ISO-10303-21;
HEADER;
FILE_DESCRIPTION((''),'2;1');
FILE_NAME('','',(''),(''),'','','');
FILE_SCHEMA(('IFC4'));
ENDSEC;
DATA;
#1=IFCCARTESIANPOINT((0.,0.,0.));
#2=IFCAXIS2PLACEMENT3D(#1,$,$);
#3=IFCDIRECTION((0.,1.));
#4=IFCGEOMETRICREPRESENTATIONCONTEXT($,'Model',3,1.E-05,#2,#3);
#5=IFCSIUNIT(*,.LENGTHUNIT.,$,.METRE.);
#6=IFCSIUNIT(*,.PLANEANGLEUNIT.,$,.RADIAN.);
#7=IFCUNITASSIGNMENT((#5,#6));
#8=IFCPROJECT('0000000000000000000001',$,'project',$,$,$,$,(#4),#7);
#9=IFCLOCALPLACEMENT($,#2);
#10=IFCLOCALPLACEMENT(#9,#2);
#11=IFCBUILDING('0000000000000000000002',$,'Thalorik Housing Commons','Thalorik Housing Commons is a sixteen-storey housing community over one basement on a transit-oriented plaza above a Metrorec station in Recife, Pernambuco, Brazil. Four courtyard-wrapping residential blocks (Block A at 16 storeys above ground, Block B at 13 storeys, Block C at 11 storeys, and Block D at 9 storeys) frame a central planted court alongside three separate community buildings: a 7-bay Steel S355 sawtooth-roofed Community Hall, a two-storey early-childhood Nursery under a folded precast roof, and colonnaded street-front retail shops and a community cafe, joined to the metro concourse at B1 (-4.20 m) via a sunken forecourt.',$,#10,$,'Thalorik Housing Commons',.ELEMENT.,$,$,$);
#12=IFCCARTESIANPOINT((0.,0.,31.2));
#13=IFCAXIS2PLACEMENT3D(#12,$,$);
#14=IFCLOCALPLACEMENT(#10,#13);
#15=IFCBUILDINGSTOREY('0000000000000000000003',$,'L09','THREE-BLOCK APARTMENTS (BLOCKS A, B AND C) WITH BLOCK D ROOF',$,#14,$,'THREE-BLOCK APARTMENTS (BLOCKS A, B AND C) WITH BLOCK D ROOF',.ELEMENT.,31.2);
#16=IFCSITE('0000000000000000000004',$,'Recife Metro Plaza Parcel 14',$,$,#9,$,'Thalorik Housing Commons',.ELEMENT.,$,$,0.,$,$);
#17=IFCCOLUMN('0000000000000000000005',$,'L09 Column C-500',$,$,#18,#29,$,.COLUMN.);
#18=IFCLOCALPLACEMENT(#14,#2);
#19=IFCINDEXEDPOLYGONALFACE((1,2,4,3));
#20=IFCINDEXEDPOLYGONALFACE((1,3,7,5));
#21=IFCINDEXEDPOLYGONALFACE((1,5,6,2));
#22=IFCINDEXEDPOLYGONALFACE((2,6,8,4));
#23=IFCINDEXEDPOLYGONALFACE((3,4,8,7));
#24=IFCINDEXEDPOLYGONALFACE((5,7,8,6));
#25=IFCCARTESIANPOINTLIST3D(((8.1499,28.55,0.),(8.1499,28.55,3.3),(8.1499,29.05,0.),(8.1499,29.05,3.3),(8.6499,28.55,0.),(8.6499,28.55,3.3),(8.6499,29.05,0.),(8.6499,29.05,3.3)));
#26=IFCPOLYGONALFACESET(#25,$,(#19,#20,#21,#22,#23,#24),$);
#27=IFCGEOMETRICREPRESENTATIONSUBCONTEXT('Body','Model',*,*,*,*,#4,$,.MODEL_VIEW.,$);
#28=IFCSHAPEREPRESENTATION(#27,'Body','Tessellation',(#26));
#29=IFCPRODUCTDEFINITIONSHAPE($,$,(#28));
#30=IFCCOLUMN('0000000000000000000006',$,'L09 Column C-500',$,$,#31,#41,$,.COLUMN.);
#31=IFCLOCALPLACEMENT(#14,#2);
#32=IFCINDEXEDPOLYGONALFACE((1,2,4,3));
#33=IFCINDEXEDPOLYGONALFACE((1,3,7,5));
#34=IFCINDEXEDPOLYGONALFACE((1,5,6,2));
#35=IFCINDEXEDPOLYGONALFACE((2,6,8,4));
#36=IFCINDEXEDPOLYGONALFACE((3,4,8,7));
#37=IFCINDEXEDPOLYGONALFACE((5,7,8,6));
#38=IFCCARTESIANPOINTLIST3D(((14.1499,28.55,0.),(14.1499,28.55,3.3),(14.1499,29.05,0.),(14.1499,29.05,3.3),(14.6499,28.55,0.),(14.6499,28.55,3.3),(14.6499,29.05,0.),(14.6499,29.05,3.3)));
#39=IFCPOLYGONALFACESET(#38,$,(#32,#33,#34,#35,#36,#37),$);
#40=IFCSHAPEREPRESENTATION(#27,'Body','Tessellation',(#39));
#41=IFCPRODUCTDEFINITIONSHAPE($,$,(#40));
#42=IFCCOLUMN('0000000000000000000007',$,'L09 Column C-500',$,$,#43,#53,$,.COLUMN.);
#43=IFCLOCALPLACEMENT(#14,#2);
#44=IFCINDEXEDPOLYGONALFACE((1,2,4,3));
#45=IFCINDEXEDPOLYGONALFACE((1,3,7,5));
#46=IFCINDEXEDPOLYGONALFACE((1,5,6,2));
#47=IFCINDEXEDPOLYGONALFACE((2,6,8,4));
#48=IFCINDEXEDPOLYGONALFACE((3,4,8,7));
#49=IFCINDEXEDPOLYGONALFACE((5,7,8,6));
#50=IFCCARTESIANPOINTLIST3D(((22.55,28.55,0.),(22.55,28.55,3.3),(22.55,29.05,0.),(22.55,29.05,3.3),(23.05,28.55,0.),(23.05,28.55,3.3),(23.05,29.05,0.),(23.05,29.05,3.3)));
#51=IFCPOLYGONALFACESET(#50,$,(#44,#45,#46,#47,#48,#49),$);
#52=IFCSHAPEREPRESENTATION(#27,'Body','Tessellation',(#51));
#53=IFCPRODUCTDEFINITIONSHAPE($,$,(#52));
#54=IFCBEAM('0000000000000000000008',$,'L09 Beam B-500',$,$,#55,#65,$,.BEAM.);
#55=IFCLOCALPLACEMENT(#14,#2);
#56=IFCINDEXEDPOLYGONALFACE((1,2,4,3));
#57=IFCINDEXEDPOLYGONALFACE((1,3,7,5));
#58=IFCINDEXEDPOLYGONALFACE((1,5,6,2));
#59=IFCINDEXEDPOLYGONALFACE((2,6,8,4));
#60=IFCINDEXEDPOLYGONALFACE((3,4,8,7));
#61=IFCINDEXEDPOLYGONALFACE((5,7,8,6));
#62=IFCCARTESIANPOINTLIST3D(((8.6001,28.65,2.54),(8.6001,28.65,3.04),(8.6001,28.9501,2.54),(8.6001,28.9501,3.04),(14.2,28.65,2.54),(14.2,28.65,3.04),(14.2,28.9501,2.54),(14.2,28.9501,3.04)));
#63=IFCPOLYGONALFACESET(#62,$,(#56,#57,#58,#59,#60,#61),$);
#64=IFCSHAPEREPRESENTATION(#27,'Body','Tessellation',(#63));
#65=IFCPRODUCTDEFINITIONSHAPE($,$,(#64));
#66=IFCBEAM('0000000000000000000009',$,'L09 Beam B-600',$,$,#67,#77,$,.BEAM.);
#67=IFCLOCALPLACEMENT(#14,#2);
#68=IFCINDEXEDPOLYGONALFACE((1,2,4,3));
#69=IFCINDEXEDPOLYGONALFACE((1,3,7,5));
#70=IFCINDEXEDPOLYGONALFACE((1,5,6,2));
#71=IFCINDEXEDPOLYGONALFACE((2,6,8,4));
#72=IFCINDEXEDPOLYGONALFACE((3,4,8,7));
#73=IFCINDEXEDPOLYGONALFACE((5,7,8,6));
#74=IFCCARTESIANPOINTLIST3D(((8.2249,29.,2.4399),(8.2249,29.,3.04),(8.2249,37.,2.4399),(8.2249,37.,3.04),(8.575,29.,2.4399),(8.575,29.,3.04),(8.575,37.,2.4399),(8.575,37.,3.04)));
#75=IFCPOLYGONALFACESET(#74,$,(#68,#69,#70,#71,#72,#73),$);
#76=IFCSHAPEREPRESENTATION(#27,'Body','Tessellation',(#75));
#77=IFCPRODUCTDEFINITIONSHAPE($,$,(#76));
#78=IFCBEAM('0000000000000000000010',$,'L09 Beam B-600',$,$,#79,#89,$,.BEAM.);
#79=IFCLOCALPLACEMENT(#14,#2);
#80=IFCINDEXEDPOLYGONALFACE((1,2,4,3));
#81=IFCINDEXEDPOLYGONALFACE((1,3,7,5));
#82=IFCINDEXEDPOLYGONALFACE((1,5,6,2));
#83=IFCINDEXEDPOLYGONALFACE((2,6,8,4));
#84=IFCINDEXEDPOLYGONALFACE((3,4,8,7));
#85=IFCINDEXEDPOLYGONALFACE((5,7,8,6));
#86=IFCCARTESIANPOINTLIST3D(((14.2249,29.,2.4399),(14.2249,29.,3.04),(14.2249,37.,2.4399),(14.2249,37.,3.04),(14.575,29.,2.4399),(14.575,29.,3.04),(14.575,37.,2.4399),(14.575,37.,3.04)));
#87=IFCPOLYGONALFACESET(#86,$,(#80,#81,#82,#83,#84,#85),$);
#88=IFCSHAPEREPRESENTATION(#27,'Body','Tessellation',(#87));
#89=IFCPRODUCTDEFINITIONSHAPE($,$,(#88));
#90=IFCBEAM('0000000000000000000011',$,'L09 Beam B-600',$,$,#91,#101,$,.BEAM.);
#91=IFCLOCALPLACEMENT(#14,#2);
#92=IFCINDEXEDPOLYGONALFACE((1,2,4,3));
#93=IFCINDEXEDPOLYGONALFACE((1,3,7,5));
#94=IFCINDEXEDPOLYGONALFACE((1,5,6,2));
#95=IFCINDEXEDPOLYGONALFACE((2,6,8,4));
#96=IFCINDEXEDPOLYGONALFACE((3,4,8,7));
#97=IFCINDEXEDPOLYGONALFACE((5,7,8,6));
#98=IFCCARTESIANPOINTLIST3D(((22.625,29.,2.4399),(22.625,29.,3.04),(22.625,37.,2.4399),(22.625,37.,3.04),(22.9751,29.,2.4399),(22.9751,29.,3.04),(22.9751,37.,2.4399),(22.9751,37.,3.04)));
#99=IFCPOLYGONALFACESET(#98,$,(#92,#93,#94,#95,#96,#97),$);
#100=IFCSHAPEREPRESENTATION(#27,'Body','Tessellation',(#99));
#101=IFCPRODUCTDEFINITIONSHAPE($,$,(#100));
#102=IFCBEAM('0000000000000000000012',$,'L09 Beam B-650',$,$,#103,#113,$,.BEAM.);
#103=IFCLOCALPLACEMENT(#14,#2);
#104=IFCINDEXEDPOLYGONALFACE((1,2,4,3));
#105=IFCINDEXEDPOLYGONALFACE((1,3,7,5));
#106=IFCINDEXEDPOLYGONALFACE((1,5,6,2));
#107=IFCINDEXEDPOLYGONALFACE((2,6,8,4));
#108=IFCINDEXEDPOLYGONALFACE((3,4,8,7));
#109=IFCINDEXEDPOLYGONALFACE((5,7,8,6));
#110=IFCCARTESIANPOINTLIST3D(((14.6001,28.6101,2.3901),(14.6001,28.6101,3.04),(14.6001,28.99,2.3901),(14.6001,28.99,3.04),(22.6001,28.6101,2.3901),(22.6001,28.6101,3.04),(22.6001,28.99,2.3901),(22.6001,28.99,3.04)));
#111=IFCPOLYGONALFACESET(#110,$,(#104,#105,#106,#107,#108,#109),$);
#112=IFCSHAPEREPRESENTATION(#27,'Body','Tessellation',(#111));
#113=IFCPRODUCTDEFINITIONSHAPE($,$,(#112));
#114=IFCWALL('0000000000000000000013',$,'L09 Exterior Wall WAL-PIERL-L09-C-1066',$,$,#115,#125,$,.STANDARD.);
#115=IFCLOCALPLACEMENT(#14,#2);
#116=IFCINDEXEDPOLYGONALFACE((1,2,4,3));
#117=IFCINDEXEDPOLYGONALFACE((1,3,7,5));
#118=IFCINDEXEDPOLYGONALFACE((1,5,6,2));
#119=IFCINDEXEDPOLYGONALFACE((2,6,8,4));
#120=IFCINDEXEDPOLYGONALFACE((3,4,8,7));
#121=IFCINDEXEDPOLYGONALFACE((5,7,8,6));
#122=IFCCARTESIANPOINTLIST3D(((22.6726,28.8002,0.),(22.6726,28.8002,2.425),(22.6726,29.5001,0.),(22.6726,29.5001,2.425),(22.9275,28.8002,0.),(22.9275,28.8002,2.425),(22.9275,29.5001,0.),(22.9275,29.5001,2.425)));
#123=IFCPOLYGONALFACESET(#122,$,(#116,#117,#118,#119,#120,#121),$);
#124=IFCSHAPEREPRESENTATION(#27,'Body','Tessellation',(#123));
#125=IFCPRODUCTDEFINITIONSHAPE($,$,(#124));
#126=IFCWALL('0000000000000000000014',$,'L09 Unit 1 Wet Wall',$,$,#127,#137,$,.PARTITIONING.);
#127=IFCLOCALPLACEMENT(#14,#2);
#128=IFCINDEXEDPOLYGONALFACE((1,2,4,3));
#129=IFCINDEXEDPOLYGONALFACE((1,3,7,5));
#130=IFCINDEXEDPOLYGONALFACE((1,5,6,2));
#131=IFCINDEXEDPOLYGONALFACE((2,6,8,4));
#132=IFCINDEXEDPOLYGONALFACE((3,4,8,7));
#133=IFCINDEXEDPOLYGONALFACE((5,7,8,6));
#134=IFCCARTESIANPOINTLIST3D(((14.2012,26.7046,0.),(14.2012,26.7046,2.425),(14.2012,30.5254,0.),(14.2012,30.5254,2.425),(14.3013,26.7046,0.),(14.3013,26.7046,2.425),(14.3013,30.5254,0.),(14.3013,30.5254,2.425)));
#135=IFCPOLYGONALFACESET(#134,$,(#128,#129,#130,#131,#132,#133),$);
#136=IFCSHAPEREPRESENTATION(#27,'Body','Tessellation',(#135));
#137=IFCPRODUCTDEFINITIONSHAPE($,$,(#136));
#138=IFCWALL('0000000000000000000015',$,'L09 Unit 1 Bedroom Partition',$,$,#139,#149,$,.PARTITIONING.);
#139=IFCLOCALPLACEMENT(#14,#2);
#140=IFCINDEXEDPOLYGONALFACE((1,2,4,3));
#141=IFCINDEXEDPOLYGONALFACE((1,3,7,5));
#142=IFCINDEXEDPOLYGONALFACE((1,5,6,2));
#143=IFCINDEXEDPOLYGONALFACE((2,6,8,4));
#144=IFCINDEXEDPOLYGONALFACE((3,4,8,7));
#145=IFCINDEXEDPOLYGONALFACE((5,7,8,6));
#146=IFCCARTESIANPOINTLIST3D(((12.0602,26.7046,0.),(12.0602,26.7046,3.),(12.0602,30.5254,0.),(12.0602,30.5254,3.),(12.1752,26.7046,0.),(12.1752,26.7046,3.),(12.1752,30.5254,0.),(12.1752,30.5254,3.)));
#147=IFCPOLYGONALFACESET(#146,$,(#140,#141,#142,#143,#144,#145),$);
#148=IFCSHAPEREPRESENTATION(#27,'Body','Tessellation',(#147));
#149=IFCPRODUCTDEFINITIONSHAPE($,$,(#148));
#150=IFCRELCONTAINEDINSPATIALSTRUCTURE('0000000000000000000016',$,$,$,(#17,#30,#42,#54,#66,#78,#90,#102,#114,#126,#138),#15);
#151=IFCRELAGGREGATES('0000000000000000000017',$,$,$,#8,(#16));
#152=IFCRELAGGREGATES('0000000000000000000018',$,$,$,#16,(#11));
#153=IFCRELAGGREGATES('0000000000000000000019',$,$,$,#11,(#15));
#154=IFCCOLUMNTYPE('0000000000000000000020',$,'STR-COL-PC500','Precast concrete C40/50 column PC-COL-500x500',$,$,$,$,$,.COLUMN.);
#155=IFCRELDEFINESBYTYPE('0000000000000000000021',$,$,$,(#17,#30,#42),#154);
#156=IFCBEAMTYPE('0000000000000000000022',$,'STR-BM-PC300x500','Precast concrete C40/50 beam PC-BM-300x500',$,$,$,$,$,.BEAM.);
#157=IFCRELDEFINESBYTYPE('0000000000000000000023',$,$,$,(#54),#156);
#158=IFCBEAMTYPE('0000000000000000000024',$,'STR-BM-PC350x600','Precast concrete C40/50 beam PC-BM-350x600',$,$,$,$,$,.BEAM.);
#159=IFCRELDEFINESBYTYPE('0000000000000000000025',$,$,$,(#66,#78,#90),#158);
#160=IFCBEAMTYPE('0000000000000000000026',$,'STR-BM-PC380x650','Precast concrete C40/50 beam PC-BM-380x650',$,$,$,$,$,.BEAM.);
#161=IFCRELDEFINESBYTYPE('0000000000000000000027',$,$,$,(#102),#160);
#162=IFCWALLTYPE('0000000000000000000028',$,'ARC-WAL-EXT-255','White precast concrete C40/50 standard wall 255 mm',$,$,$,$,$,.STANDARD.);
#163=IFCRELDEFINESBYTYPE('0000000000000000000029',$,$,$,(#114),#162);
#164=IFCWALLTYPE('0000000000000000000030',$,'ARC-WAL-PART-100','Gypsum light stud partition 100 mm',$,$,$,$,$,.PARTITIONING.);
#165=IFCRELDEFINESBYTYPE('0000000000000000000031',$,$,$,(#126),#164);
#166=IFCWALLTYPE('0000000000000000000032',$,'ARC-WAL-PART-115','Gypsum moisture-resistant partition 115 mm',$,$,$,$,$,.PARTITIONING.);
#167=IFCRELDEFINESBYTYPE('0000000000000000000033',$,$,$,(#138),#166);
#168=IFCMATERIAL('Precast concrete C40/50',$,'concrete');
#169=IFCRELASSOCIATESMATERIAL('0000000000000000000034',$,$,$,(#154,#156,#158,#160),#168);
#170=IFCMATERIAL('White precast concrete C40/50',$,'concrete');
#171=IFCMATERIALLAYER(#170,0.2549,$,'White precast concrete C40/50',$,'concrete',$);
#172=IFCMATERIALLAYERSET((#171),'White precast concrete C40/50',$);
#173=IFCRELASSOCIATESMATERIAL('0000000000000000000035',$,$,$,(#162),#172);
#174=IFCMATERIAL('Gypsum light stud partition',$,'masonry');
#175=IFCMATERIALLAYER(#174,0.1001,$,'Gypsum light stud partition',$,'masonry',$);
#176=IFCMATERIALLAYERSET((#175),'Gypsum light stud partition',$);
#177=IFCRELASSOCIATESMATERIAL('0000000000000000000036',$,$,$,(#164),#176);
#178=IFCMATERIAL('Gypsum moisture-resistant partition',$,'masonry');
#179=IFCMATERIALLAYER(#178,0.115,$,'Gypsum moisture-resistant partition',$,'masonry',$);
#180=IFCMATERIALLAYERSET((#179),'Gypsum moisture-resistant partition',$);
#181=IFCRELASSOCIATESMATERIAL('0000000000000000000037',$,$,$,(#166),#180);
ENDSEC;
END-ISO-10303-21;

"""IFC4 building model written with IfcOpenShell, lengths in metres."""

from ifc_helpers import new_model, si_unit, direction, frame, frame_2d, origin, origin_2d, place, context, subcontext, project, spatial, rectangle, extrude, material, layer, layer_set, material_profile, profile_set, type_object, element, save


model = new_model("IFC4")

# Units and contexts
model_context = context("Model", 3, precision=1e-05, world=origin(), true_north=direction((0.0, 1.0)))
body_context = subcontext(model_context, "Body", "Model", "MODEL_VIEW")
ifc_project = project(units=[si_unit("LENGTHUNIT", "METRE"), si_unit("PLANEANGLEUNIT", "RADIAN")], contexts=[model_context])

# Site, building, storey
site_placement = place(None, origin())
site = spatial("IfcSite", under=ifc_project, at=site_placement, Name="Recife Metro Plaza Parcel 14", LongName="Thalorik Housing Commons", CompositionType="ELEMENT", RefElevation=0.0)
building_placement = place(site_placement, origin())
building = spatial("IfcBuilding", under=site, at=building_placement, Name="Thalorik Housing Commons", Description="Thalorik Housing Commons is a sixteen-storey housing community over one basement on a transit-oriented plaza above a Metrorec station in Recife, Pernambuco, Brazil. Four courtyard-wrapping residential blocks (Block A at 16 storeys above ground, Block B at 13 storeys, Block C at 11 storeys, and Block D at 9 storeys) frame a central planted court alongside three separate community buildings: a 7-bay Steel S355 sawtooth-roofed Community Hall, a two-storey early-childhood Nursery under a folded precast roof, and colonnaded street-front retail shops and a community cafe, joined to the metro concourse at B1 (-4.20 m) via a sunken forecourt.", LongName="Thalorik Housing Commons", CompositionType="ELEMENT")
storey_placement = place(building_placement, frame((0.0, 0.0, 31.2)))
storey = spatial("IfcBuildingStorey", under=building, at=storey_placement, Name="L09", Description="THREE-BLOCK APARTMENTS (BLOCKS A, B AND C) WITH BLOCK D ROOF", LongName="THREE-BLOCK APARTMENTS (BLOCKS A, B AND C) WITH BLOCK D ROOF", CompositionType="ELEMENT", Elevation=31.2)

# Columns
ifc_material_1 = material(Name="Precast concrete C40/50", Category="concrete")
ifc_material_profile_1 = material_profile(ifc_material_1, rectangle(XDim=0.5, YDim=0.5, at=origin_2d()), Name="PC 500x500", Category="concrete")
ifc_profile_set_1 = profile_set([ifc_material_profile_1], Name="Precast concrete C40/50")
column_type = type_object("IfcColumnType", Name="STR-COL-PC500", Description="Precast concrete C40/50 column PC-COL-500x500", PredefinedType="COLUMN", material=ifc_profile_set_1)
for number, where, z_axis, x_axis, name in (
    (1, (8.3999, 28.8, 0.0), (0.0, 0.0, 1.0), (1.0, 0.0, 0.0), "L09 Column C-500"),
    (2, (14.3999, 28.8, 0.0), (0.0, 0.0, 1.0), (1.0, 0.0, 0.0), "L09 Column C-500"),
    (3, (22.8, 28.8, 0.0), (0.0, 0.0, 1.0), (1.0, 0.0, 0.0), "L09 Column C-500"),
):
    element("IfcColumn", number, at=place(storey_placement, frame(where, z_axis=z_axis, x_axis=x_axis)), inside=storey, type_object=column_type, Name=name, PredefinedType="COLUMN", context=body_context, shape_type="SweptSolid", body=[
        extrude(rectangle(XDim=0.5, YDim=0.5, at=origin_2d()), origin(), (0.0, 0.0, 1.0), 3.3),
    ])

# Beams
ifc_material_profile_2 = material_profile(ifc_material_1, rectangle(XDim=0.3, YDim=0.5, at=origin_2d()), Name="PC 300x500", Category="concrete")
ifc_profile_set_2 = profile_set([ifc_material_profile_2], Name="Precast concrete C40/50")
beam_type_1 = type_object("IfcBeamType", Name="STR-BM-PC300x500", Description="Precast concrete C40/50 beam PC-BM-300x500", PredefinedType="BEAM", material=ifc_profile_set_2)
beam_1_placement = place(storey_placement, frame((8.6001, 28.8, 2.79), z_axis=(1.0, 0.0, 0.0), x_axis=(0.0, 1.0, 0.0)))
element("IfcBeam", 4, at=beam_1_placement, inside=storey, type_object=beam_type_1, Name="L09 Beam B-500", PredefinedType="BEAM", context=body_context, shape_type="SweptSolid", body=[
    extrude(rectangle(XDim=0.3, YDim=0.5, at=origin_2d()), origin(), (0.0, 0.0, 1.0), 5.5999),
])
ifc_material_profile_3 = material_profile(ifc_material_1, rectangle(XDim=0.3501, YDim=0.6001, at=origin_2d()), Name="PC 350x600", Category="concrete")
ifc_profile_set_3 = profile_set([ifc_material_profile_3], Name="Precast concrete C40/50")
beam_type_2 = type_object("IfcBeamType", Name="STR-BM-PC350x600", Description="Precast concrete C40/50 beam PC-BM-350x600", PredefinedType="BEAM", material=ifc_profile_set_3)
for number, where, z_axis, x_axis, name in (
    (5, (8.3999, 29.0, 2.74), (0.0, 1.0, 0.0), (-1.0, 0.0, 0.0), "L09 Beam B-600"),
    (6, (14.3999, 29.0, 2.74), (0.0, 1.0, 0.0), (-1.0, 0.0, 0.0), "L09 Beam B-600"),
    (7, (22.8, 29.0, 2.74), (0.0, 1.0, 0.0), (-1.0, 0.0, 0.0), "L09 Beam B-600"),
):
    element("IfcBeam", number, at=place(storey_placement, frame(where, z_axis=z_axis, x_axis=x_axis)), inside=storey, type_object=beam_type_2, Name=name, PredefinedType="BEAM", context=body_context, shape_type="SweptSolid", body=[
        extrude(rectangle(XDim=0.3501, YDim=0.6001, at=origin_2d()), origin(), (0.0, 0.0, 1.0), 8.0),
    ])
ifc_material_profile_4 = material_profile(ifc_material_1, rectangle(XDim=0.3799, YDim=0.6499, at=origin_2d()), Name="PC 380x650", Category="concrete")
ifc_profile_set_4 = profile_set([ifc_material_profile_4], Name="Precast concrete C40/50")
beam_type_3 = type_object("IfcBeamType", Name="STR-BM-PC380x650", Description="Precast concrete C40/50 beam PC-BM-380x650", PredefinedType="BEAM", material=ifc_profile_set_4)
beam_2_placement = place(storey_placement, frame((14.6001, 28.8, 2.7151), z_axis=(1.0, 0.0, 0.0), x_axis=(0.0, 1.0, 0.0)))
element("IfcBeam", 8, at=beam_2_placement, inside=storey, type_object=beam_type_3, Name="L09 Beam B-650", PredefinedType="BEAM", context=body_context, shape_type="SweptSolid", body=[
    extrude(rectangle(XDim=0.3799, YDim=0.6499, at=origin_2d()), origin(), (0.0, 0.0, 1.0), 8.0),
])

# Wall
ifc_material_2 = material(Name="White precast concrete C40/50", Category="concrete")
ifc_layer_1 = layer(ifc_material_2, 0.2549, Name="White precast concrete C40/50", Category="concrete")
ifc_layer_set_1 = layer_set([ifc_layer_1], Name="White precast concrete C40/50")
wall_type_1 = type_object("IfcWallType", Name="ARC-WAL-EXT-255", Description="White precast concrete C40/50 standard wall 255 mm", PredefinedType="STANDARD", material=ifc_layer_set_1)
wall_1_placement = place(storey_placement, frame((22.8, 28.8, 0.0), z_axis=(0.0, 0.0, 1.0), x_axis=(0.0, 1.0, 0.0)))
element("IfcWall", 9, at=wall_1_placement, inside=storey, type_object=wall_type_1, Name="L09 Exterior Wall WAL-PIERL-L09-C-1066", PredefinedType="STANDARD", context=body_context, shape_type="SweptSolid", body=[
    extrude(rectangle(XDim=0.7, YDim=0.2549, at=frame_2d((0.3501, 0.0))), origin(), (0.0, 0.0, 1.0), 2.425),
])

# Walls
ifc_material_3 = material(Name="Gypsum light stud partition", Category="masonry")
ifc_layer_2 = layer(ifc_material_3, 0.1001, Name="Gypsum light stud partition", Category="masonry")
ifc_layer_set_2 = layer_set([ifc_layer_2], Name="Gypsum light stud partition")
wall_type_2 = type_object("IfcWallType", Name="ARC-WAL-PART-100", Description="Gypsum light stud partition 100 mm", PredefinedType="PARTITIONING", material=ifc_layer_set_2)
wall_2_placement = place(storey_placement, frame((14.2512, 26.7046, 0.0), z_axis=(0.0, 0.0, 1.0), x_axis=(0.0, 1.0, 0.0)))
element("IfcWall", 10, at=wall_2_placement, inside=storey, type_object=wall_type_2, Name="L09 Unit 1 Wet Wall", PredefinedType="PARTITIONING", context=body_context, shape_type="SweptSolid", body=[
    extrude(rectangle(XDim=3.8208, YDim=0.1001, at=frame_2d((1.9104, 0.0))), origin(), (0.0, 0.0, 1.0), 2.425),
])
ifc_material_4 = material(Name="Gypsum moisture-resistant partition", Category="masonry")
ifc_layer_3 = layer(ifc_material_4, 0.115, Name="Gypsum moisture-resistant partition", Category="masonry")
ifc_layer_set_3 = layer_set([ifc_layer_3], Name="Gypsum moisture-resistant partition")
wall_type_3 = type_object("IfcWallType", Name="ARC-WAL-PART-115", Description="Gypsum moisture-resistant partition 115 mm", PredefinedType="PARTITIONING", material=ifc_layer_set_3)
wall_3_placement = place(storey_placement, frame((12.1177, 26.7046, 0.0), z_axis=(0.0, 0.0, 1.0), x_axis=(0.0, 1.0, 0.0)))
element("IfcWall", 11, at=wall_3_placement, inside=storey, type_object=wall_type_3, Name="L09 Unit 1 Bedroom Partition", PredefinedType="PARTITIONING", context=body_context, shape_type="SweptSolid", body=[
    extrude(rectangle(XDim=3.8208, YDim=0.115, at=frame_2d((1.9104, 0.0))), origin(), (0.0, 0.0, 1.0), 3.0),
])

save(model, "model.ifc")
